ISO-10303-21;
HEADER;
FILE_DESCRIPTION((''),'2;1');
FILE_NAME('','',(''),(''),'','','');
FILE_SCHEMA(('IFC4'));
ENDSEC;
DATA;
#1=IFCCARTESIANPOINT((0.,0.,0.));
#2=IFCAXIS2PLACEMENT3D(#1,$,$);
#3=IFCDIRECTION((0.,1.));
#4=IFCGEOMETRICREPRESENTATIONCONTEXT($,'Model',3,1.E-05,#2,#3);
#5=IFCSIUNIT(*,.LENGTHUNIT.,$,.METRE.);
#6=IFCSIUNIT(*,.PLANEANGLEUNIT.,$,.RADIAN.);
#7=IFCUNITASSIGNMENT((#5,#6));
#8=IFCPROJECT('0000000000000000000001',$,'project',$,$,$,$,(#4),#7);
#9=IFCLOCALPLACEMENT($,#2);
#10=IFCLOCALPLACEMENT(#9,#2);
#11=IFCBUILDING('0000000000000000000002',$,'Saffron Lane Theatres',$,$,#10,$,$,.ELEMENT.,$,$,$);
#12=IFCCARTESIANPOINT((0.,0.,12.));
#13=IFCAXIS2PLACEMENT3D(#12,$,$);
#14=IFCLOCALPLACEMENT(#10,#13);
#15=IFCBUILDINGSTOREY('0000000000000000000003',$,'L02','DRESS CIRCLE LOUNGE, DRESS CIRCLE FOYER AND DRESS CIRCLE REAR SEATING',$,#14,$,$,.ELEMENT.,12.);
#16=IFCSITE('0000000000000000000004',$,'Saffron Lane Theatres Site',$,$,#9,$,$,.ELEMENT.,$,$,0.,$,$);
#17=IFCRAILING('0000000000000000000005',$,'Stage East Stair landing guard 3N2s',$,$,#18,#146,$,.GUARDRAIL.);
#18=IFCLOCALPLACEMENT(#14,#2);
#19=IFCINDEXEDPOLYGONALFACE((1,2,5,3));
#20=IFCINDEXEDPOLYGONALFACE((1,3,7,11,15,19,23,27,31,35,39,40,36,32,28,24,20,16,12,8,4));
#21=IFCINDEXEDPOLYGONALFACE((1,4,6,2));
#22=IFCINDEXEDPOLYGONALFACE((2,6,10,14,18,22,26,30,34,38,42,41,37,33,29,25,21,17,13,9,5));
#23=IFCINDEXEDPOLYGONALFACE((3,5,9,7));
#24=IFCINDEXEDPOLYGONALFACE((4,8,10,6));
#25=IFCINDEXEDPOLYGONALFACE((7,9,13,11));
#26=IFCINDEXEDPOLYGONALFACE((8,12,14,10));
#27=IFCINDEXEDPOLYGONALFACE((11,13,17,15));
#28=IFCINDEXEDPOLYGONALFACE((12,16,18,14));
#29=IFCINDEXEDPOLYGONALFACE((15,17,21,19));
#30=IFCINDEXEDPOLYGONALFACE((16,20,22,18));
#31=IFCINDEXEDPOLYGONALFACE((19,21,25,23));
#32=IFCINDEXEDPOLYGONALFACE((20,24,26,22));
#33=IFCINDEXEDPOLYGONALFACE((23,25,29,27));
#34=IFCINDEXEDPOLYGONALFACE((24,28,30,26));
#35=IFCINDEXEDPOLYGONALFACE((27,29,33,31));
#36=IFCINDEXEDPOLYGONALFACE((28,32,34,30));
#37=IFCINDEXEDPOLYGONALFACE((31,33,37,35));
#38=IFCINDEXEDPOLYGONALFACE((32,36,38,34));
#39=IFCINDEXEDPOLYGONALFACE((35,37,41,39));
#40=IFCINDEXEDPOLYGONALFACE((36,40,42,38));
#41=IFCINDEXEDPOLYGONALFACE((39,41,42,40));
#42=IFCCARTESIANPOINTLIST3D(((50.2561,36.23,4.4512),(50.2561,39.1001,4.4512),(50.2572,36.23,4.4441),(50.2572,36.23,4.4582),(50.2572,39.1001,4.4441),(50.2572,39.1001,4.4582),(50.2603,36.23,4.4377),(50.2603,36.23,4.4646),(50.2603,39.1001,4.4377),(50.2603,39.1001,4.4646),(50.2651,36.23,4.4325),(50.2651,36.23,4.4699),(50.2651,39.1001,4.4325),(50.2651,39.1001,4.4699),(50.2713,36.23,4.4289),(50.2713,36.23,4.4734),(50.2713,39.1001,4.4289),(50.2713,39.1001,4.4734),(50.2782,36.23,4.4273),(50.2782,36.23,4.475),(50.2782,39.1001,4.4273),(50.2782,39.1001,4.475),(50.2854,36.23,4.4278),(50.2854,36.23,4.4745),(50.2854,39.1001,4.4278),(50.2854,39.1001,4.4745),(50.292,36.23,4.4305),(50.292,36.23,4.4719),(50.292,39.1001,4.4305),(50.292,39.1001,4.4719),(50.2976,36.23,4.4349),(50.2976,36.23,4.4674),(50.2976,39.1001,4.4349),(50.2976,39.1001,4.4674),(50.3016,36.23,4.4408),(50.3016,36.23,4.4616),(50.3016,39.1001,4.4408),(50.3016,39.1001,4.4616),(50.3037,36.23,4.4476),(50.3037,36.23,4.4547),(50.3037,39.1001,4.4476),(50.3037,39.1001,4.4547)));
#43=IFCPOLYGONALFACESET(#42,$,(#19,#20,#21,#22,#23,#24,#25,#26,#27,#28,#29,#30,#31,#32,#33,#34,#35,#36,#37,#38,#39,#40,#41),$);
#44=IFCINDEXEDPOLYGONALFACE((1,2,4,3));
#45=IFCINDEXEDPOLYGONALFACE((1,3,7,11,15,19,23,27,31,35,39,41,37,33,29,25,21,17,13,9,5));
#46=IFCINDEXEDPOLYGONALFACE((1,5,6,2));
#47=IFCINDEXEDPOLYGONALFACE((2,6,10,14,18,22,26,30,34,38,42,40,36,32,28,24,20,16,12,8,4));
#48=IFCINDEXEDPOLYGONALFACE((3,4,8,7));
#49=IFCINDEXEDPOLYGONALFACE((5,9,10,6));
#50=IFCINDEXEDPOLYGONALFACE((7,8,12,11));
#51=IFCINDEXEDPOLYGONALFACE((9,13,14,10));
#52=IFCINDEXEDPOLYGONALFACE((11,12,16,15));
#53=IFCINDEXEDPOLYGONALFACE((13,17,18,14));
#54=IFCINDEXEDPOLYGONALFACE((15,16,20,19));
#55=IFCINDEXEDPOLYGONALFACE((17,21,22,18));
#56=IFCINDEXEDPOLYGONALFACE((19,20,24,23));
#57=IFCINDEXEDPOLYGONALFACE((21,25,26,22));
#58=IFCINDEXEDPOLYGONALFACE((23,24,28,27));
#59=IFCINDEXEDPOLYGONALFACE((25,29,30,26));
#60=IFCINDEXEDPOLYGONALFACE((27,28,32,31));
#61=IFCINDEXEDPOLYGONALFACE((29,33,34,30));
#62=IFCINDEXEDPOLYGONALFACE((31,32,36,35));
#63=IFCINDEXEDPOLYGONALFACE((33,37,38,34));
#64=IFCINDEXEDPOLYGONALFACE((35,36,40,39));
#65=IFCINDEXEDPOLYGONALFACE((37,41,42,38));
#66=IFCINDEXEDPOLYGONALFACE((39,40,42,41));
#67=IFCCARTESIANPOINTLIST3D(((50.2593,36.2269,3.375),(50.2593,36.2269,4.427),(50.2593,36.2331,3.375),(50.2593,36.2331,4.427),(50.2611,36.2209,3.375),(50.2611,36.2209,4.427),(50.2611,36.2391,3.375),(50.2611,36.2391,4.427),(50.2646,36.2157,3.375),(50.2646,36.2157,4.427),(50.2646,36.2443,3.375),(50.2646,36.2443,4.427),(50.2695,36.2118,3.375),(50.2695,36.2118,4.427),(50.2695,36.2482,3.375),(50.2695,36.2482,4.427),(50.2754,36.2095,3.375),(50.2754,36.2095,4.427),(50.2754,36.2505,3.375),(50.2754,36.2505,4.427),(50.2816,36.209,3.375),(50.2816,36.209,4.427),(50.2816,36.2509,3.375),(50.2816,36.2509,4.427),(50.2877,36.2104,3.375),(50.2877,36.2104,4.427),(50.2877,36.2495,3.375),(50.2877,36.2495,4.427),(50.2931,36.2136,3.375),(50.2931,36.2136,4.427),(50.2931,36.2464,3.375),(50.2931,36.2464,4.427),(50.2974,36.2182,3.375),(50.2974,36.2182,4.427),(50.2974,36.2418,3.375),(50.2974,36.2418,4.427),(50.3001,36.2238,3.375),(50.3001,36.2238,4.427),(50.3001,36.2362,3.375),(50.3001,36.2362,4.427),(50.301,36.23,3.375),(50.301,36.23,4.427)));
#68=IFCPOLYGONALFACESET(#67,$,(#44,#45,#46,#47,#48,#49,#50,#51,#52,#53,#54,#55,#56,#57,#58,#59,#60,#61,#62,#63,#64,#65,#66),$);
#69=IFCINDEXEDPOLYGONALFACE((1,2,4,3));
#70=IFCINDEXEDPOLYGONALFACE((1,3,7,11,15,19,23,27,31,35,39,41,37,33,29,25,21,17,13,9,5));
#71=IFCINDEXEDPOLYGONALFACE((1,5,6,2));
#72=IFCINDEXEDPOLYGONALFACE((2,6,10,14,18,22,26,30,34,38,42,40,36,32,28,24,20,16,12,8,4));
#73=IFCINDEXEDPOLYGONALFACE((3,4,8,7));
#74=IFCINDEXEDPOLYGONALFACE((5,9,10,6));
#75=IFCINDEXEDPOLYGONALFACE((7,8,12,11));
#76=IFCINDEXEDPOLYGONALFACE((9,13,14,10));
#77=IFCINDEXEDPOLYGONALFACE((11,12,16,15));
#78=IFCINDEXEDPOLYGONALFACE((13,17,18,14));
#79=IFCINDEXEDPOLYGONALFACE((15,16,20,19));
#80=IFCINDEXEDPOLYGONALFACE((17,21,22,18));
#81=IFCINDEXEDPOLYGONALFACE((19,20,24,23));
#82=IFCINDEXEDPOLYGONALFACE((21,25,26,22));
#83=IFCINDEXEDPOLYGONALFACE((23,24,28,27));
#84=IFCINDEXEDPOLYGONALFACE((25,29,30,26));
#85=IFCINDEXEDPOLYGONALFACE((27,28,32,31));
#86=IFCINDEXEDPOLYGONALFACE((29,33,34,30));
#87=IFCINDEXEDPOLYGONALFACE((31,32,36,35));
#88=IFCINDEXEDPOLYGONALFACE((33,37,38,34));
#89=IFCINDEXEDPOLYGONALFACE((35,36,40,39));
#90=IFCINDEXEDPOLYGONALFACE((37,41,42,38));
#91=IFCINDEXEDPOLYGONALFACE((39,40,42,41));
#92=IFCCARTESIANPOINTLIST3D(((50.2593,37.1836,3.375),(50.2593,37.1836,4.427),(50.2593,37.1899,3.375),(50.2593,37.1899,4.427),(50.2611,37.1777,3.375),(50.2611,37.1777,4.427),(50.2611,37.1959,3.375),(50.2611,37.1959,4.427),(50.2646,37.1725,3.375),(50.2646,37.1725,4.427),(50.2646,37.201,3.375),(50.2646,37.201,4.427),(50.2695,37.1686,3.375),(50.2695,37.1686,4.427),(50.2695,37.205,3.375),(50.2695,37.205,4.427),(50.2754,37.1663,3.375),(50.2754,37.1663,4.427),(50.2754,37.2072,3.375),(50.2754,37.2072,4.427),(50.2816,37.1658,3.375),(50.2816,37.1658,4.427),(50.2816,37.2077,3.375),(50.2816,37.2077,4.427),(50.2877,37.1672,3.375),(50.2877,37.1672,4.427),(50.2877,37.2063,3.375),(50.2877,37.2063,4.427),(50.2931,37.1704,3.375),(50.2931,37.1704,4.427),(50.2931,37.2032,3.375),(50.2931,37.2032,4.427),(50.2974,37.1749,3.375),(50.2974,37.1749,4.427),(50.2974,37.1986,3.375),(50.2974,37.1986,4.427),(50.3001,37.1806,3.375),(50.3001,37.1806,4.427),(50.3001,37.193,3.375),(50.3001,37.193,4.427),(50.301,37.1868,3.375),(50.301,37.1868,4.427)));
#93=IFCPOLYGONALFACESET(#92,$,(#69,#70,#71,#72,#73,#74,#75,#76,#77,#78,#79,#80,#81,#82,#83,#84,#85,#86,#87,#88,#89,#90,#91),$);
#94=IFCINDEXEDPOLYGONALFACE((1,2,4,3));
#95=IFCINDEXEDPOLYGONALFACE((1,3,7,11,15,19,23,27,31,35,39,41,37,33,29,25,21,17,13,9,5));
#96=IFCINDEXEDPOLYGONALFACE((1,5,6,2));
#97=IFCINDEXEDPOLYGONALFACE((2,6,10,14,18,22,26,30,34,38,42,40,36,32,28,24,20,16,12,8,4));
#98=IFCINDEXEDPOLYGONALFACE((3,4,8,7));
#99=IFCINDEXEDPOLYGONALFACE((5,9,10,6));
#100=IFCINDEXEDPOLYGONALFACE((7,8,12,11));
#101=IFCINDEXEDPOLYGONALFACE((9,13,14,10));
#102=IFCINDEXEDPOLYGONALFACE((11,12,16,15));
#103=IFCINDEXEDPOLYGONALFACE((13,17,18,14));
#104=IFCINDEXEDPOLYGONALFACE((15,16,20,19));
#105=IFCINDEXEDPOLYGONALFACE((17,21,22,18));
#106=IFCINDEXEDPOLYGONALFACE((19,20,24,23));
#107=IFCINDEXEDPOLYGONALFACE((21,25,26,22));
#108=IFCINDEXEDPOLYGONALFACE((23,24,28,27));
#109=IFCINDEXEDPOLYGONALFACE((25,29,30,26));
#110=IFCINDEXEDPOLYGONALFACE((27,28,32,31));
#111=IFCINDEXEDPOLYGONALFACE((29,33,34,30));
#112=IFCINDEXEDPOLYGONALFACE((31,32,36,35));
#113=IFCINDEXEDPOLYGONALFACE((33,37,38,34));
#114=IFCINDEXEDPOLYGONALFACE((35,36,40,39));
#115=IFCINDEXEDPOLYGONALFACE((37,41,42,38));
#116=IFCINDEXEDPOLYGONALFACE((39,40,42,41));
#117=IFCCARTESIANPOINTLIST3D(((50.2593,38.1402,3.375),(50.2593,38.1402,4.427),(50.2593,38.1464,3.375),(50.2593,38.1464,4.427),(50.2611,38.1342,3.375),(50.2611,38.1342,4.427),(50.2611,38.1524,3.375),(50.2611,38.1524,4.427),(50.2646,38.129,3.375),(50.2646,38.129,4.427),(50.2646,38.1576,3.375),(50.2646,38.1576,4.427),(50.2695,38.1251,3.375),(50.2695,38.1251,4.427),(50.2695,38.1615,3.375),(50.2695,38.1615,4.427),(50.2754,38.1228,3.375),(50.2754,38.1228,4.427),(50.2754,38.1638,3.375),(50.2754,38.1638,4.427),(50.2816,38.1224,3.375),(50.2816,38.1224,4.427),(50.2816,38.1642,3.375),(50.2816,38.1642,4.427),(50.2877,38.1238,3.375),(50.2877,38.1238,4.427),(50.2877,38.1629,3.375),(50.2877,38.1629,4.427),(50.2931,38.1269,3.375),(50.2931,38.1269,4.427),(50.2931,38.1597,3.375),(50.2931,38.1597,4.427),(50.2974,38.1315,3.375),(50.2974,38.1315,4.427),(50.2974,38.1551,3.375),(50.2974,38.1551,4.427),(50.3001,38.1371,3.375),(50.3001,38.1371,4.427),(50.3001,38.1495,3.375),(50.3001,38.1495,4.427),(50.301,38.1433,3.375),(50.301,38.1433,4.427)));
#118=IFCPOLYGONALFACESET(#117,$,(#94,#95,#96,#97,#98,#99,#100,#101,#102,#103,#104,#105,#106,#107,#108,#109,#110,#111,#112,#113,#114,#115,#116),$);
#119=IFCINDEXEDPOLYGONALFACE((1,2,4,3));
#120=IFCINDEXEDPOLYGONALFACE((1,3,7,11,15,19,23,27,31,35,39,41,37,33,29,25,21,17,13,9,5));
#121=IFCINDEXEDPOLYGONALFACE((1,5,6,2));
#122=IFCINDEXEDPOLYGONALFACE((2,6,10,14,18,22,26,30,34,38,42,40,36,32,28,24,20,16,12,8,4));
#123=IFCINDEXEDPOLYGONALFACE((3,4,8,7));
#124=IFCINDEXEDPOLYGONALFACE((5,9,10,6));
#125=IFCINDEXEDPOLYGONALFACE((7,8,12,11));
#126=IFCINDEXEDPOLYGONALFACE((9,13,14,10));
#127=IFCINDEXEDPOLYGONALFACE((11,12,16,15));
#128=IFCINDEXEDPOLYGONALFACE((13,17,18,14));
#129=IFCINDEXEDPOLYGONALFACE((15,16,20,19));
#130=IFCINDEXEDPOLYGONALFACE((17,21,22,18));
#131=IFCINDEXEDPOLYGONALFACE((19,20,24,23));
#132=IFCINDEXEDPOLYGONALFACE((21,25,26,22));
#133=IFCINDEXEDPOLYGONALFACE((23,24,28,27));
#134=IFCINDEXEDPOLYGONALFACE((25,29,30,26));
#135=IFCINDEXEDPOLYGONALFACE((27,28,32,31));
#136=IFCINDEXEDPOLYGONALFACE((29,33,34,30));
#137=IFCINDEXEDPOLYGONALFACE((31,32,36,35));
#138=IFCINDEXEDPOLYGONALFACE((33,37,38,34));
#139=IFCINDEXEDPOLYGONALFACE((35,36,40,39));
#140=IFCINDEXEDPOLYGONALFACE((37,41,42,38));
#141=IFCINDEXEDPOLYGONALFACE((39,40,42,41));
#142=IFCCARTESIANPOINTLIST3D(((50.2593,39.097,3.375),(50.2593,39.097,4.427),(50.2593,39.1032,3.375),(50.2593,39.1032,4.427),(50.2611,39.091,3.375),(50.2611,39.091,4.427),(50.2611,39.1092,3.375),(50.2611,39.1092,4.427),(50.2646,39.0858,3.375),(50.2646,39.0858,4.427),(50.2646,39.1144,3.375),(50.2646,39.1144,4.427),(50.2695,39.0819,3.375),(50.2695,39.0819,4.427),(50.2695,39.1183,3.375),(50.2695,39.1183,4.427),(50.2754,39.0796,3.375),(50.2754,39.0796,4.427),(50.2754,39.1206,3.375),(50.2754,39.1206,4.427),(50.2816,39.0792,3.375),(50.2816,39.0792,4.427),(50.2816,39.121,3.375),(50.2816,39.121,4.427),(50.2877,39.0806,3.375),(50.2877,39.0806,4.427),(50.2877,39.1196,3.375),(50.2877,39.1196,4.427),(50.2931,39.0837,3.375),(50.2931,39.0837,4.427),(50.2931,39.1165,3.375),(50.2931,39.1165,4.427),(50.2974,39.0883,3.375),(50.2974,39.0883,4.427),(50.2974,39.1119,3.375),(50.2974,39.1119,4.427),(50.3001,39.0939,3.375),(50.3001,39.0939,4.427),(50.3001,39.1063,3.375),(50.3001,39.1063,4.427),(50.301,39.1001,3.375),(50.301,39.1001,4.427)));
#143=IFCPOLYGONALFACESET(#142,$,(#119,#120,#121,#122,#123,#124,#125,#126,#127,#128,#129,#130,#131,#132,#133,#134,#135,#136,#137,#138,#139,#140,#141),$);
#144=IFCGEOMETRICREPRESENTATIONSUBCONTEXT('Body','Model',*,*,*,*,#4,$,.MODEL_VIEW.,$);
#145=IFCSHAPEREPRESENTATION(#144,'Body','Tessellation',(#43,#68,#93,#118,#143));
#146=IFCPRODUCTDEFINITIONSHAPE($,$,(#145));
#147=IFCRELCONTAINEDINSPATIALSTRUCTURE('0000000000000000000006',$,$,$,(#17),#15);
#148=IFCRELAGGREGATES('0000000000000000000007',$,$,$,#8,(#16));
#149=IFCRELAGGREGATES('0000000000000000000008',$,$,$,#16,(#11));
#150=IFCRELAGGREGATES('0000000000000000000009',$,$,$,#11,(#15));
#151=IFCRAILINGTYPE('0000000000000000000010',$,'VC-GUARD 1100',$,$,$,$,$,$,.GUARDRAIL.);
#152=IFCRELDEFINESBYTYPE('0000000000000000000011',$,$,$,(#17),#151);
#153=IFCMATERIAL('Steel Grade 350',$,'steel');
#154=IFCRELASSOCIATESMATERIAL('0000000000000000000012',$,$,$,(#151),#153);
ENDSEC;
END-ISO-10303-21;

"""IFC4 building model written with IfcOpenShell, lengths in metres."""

from ifc_helpers import new_model, si_unit, direction, frame, origin, origin_2d, place, context, subcontext, project, spatial, circle, extrude, material, type_object, element, save


model = new_model("IFC4")

# Units and contexts
model_context = context("Model", 3, precision=1e-05, world=origin(), true_north=direction((0.0, 1.0)))
body_context = subcontext(model_context, "Body", "Model", "MODEL_VIEW")
ifc_project = project(units=[si_unit("LENGTHUNIT", "METRE"), si_unit("PLANEANGLEUNIT", "RADIAN")], contexts=[model_context])

# Site, building, storey
site_placement = place(None, origin())
site = spatial("IfcSite", under=ifc_project, at=site_placement, Name="Saffron Lane Theatres Site", CompositionType="ELEMENT", RefElevation=0.0)
building_placement = place(site_placement, origin())
building = spatial("IfcBuilding", under=site, at=building_placement, Name="Saffron Lane Theatres", CompositionType="ELEMENT")
storey_placement = place(building_placement, frame((0.0, 0.0, 12.0)))
storey = spatial("IfcBuildingStorey", under=building, at=storey_placement, Name="L02", Description="DRESS CIRCLE LOUNGE, DRESS CIRCLE FOYER AND DRESS CIRCLE REAR SEATING", CompositionType="ELEMENT", Elevation=12.0)

# Railing
ifc_material_1 = material(Name="Steel Grade 350", Category="steel")
railing_type_1 = type_object("IfcRailingType", Name="VC-GUARD 1100", PredefinedType="GUARDRAIL", material=ifc_material_1)
railing_1_placement = place(storey_placement, frame((50.28, 36.23, 3.375)))
element("IfcRailing", 1, at=railing_1_placement, inside=storey, type_object=railing_type_1, Name="Stage East Stair landing guard 3N2s", PredefinedType="GUARDRAIL", context=body_context, shape_type="SweptSolid", body=[
    extrude(circle(Radius=0.0239, at=origin_2d()), frame((0.0, 0.0, 1.0762), z_axis=(0.0, 1.0, 0.0), x_axis=(-1.0, 0.0, 0.0)), (0.0, 0.0, 1.0), 2.8701),
    extrude(circle(Radius=0.021, at=origin_2d()), origin(), (0.0, 0.0, 1.0), 1.052),
    extrude(circle(Radius=0.021, at=origin_2d()), frame((0.0, 0.9568, 0.0)), (0.0, 0.0, 1.0), 1.052),
    extrude(circle(Radius=0.021, at=origin_2d()), frame((0.0, 1.9133, 0.0)), (0.0, 0.0, 1.0), 1.052),
    extrude(circle(Radius=0.021, at=origin_2d()), frame((0.0, 2.8701, 0.0)), (0.0, 0.0, 1.0), 1.052),
])

save(model, "model.ifc")
